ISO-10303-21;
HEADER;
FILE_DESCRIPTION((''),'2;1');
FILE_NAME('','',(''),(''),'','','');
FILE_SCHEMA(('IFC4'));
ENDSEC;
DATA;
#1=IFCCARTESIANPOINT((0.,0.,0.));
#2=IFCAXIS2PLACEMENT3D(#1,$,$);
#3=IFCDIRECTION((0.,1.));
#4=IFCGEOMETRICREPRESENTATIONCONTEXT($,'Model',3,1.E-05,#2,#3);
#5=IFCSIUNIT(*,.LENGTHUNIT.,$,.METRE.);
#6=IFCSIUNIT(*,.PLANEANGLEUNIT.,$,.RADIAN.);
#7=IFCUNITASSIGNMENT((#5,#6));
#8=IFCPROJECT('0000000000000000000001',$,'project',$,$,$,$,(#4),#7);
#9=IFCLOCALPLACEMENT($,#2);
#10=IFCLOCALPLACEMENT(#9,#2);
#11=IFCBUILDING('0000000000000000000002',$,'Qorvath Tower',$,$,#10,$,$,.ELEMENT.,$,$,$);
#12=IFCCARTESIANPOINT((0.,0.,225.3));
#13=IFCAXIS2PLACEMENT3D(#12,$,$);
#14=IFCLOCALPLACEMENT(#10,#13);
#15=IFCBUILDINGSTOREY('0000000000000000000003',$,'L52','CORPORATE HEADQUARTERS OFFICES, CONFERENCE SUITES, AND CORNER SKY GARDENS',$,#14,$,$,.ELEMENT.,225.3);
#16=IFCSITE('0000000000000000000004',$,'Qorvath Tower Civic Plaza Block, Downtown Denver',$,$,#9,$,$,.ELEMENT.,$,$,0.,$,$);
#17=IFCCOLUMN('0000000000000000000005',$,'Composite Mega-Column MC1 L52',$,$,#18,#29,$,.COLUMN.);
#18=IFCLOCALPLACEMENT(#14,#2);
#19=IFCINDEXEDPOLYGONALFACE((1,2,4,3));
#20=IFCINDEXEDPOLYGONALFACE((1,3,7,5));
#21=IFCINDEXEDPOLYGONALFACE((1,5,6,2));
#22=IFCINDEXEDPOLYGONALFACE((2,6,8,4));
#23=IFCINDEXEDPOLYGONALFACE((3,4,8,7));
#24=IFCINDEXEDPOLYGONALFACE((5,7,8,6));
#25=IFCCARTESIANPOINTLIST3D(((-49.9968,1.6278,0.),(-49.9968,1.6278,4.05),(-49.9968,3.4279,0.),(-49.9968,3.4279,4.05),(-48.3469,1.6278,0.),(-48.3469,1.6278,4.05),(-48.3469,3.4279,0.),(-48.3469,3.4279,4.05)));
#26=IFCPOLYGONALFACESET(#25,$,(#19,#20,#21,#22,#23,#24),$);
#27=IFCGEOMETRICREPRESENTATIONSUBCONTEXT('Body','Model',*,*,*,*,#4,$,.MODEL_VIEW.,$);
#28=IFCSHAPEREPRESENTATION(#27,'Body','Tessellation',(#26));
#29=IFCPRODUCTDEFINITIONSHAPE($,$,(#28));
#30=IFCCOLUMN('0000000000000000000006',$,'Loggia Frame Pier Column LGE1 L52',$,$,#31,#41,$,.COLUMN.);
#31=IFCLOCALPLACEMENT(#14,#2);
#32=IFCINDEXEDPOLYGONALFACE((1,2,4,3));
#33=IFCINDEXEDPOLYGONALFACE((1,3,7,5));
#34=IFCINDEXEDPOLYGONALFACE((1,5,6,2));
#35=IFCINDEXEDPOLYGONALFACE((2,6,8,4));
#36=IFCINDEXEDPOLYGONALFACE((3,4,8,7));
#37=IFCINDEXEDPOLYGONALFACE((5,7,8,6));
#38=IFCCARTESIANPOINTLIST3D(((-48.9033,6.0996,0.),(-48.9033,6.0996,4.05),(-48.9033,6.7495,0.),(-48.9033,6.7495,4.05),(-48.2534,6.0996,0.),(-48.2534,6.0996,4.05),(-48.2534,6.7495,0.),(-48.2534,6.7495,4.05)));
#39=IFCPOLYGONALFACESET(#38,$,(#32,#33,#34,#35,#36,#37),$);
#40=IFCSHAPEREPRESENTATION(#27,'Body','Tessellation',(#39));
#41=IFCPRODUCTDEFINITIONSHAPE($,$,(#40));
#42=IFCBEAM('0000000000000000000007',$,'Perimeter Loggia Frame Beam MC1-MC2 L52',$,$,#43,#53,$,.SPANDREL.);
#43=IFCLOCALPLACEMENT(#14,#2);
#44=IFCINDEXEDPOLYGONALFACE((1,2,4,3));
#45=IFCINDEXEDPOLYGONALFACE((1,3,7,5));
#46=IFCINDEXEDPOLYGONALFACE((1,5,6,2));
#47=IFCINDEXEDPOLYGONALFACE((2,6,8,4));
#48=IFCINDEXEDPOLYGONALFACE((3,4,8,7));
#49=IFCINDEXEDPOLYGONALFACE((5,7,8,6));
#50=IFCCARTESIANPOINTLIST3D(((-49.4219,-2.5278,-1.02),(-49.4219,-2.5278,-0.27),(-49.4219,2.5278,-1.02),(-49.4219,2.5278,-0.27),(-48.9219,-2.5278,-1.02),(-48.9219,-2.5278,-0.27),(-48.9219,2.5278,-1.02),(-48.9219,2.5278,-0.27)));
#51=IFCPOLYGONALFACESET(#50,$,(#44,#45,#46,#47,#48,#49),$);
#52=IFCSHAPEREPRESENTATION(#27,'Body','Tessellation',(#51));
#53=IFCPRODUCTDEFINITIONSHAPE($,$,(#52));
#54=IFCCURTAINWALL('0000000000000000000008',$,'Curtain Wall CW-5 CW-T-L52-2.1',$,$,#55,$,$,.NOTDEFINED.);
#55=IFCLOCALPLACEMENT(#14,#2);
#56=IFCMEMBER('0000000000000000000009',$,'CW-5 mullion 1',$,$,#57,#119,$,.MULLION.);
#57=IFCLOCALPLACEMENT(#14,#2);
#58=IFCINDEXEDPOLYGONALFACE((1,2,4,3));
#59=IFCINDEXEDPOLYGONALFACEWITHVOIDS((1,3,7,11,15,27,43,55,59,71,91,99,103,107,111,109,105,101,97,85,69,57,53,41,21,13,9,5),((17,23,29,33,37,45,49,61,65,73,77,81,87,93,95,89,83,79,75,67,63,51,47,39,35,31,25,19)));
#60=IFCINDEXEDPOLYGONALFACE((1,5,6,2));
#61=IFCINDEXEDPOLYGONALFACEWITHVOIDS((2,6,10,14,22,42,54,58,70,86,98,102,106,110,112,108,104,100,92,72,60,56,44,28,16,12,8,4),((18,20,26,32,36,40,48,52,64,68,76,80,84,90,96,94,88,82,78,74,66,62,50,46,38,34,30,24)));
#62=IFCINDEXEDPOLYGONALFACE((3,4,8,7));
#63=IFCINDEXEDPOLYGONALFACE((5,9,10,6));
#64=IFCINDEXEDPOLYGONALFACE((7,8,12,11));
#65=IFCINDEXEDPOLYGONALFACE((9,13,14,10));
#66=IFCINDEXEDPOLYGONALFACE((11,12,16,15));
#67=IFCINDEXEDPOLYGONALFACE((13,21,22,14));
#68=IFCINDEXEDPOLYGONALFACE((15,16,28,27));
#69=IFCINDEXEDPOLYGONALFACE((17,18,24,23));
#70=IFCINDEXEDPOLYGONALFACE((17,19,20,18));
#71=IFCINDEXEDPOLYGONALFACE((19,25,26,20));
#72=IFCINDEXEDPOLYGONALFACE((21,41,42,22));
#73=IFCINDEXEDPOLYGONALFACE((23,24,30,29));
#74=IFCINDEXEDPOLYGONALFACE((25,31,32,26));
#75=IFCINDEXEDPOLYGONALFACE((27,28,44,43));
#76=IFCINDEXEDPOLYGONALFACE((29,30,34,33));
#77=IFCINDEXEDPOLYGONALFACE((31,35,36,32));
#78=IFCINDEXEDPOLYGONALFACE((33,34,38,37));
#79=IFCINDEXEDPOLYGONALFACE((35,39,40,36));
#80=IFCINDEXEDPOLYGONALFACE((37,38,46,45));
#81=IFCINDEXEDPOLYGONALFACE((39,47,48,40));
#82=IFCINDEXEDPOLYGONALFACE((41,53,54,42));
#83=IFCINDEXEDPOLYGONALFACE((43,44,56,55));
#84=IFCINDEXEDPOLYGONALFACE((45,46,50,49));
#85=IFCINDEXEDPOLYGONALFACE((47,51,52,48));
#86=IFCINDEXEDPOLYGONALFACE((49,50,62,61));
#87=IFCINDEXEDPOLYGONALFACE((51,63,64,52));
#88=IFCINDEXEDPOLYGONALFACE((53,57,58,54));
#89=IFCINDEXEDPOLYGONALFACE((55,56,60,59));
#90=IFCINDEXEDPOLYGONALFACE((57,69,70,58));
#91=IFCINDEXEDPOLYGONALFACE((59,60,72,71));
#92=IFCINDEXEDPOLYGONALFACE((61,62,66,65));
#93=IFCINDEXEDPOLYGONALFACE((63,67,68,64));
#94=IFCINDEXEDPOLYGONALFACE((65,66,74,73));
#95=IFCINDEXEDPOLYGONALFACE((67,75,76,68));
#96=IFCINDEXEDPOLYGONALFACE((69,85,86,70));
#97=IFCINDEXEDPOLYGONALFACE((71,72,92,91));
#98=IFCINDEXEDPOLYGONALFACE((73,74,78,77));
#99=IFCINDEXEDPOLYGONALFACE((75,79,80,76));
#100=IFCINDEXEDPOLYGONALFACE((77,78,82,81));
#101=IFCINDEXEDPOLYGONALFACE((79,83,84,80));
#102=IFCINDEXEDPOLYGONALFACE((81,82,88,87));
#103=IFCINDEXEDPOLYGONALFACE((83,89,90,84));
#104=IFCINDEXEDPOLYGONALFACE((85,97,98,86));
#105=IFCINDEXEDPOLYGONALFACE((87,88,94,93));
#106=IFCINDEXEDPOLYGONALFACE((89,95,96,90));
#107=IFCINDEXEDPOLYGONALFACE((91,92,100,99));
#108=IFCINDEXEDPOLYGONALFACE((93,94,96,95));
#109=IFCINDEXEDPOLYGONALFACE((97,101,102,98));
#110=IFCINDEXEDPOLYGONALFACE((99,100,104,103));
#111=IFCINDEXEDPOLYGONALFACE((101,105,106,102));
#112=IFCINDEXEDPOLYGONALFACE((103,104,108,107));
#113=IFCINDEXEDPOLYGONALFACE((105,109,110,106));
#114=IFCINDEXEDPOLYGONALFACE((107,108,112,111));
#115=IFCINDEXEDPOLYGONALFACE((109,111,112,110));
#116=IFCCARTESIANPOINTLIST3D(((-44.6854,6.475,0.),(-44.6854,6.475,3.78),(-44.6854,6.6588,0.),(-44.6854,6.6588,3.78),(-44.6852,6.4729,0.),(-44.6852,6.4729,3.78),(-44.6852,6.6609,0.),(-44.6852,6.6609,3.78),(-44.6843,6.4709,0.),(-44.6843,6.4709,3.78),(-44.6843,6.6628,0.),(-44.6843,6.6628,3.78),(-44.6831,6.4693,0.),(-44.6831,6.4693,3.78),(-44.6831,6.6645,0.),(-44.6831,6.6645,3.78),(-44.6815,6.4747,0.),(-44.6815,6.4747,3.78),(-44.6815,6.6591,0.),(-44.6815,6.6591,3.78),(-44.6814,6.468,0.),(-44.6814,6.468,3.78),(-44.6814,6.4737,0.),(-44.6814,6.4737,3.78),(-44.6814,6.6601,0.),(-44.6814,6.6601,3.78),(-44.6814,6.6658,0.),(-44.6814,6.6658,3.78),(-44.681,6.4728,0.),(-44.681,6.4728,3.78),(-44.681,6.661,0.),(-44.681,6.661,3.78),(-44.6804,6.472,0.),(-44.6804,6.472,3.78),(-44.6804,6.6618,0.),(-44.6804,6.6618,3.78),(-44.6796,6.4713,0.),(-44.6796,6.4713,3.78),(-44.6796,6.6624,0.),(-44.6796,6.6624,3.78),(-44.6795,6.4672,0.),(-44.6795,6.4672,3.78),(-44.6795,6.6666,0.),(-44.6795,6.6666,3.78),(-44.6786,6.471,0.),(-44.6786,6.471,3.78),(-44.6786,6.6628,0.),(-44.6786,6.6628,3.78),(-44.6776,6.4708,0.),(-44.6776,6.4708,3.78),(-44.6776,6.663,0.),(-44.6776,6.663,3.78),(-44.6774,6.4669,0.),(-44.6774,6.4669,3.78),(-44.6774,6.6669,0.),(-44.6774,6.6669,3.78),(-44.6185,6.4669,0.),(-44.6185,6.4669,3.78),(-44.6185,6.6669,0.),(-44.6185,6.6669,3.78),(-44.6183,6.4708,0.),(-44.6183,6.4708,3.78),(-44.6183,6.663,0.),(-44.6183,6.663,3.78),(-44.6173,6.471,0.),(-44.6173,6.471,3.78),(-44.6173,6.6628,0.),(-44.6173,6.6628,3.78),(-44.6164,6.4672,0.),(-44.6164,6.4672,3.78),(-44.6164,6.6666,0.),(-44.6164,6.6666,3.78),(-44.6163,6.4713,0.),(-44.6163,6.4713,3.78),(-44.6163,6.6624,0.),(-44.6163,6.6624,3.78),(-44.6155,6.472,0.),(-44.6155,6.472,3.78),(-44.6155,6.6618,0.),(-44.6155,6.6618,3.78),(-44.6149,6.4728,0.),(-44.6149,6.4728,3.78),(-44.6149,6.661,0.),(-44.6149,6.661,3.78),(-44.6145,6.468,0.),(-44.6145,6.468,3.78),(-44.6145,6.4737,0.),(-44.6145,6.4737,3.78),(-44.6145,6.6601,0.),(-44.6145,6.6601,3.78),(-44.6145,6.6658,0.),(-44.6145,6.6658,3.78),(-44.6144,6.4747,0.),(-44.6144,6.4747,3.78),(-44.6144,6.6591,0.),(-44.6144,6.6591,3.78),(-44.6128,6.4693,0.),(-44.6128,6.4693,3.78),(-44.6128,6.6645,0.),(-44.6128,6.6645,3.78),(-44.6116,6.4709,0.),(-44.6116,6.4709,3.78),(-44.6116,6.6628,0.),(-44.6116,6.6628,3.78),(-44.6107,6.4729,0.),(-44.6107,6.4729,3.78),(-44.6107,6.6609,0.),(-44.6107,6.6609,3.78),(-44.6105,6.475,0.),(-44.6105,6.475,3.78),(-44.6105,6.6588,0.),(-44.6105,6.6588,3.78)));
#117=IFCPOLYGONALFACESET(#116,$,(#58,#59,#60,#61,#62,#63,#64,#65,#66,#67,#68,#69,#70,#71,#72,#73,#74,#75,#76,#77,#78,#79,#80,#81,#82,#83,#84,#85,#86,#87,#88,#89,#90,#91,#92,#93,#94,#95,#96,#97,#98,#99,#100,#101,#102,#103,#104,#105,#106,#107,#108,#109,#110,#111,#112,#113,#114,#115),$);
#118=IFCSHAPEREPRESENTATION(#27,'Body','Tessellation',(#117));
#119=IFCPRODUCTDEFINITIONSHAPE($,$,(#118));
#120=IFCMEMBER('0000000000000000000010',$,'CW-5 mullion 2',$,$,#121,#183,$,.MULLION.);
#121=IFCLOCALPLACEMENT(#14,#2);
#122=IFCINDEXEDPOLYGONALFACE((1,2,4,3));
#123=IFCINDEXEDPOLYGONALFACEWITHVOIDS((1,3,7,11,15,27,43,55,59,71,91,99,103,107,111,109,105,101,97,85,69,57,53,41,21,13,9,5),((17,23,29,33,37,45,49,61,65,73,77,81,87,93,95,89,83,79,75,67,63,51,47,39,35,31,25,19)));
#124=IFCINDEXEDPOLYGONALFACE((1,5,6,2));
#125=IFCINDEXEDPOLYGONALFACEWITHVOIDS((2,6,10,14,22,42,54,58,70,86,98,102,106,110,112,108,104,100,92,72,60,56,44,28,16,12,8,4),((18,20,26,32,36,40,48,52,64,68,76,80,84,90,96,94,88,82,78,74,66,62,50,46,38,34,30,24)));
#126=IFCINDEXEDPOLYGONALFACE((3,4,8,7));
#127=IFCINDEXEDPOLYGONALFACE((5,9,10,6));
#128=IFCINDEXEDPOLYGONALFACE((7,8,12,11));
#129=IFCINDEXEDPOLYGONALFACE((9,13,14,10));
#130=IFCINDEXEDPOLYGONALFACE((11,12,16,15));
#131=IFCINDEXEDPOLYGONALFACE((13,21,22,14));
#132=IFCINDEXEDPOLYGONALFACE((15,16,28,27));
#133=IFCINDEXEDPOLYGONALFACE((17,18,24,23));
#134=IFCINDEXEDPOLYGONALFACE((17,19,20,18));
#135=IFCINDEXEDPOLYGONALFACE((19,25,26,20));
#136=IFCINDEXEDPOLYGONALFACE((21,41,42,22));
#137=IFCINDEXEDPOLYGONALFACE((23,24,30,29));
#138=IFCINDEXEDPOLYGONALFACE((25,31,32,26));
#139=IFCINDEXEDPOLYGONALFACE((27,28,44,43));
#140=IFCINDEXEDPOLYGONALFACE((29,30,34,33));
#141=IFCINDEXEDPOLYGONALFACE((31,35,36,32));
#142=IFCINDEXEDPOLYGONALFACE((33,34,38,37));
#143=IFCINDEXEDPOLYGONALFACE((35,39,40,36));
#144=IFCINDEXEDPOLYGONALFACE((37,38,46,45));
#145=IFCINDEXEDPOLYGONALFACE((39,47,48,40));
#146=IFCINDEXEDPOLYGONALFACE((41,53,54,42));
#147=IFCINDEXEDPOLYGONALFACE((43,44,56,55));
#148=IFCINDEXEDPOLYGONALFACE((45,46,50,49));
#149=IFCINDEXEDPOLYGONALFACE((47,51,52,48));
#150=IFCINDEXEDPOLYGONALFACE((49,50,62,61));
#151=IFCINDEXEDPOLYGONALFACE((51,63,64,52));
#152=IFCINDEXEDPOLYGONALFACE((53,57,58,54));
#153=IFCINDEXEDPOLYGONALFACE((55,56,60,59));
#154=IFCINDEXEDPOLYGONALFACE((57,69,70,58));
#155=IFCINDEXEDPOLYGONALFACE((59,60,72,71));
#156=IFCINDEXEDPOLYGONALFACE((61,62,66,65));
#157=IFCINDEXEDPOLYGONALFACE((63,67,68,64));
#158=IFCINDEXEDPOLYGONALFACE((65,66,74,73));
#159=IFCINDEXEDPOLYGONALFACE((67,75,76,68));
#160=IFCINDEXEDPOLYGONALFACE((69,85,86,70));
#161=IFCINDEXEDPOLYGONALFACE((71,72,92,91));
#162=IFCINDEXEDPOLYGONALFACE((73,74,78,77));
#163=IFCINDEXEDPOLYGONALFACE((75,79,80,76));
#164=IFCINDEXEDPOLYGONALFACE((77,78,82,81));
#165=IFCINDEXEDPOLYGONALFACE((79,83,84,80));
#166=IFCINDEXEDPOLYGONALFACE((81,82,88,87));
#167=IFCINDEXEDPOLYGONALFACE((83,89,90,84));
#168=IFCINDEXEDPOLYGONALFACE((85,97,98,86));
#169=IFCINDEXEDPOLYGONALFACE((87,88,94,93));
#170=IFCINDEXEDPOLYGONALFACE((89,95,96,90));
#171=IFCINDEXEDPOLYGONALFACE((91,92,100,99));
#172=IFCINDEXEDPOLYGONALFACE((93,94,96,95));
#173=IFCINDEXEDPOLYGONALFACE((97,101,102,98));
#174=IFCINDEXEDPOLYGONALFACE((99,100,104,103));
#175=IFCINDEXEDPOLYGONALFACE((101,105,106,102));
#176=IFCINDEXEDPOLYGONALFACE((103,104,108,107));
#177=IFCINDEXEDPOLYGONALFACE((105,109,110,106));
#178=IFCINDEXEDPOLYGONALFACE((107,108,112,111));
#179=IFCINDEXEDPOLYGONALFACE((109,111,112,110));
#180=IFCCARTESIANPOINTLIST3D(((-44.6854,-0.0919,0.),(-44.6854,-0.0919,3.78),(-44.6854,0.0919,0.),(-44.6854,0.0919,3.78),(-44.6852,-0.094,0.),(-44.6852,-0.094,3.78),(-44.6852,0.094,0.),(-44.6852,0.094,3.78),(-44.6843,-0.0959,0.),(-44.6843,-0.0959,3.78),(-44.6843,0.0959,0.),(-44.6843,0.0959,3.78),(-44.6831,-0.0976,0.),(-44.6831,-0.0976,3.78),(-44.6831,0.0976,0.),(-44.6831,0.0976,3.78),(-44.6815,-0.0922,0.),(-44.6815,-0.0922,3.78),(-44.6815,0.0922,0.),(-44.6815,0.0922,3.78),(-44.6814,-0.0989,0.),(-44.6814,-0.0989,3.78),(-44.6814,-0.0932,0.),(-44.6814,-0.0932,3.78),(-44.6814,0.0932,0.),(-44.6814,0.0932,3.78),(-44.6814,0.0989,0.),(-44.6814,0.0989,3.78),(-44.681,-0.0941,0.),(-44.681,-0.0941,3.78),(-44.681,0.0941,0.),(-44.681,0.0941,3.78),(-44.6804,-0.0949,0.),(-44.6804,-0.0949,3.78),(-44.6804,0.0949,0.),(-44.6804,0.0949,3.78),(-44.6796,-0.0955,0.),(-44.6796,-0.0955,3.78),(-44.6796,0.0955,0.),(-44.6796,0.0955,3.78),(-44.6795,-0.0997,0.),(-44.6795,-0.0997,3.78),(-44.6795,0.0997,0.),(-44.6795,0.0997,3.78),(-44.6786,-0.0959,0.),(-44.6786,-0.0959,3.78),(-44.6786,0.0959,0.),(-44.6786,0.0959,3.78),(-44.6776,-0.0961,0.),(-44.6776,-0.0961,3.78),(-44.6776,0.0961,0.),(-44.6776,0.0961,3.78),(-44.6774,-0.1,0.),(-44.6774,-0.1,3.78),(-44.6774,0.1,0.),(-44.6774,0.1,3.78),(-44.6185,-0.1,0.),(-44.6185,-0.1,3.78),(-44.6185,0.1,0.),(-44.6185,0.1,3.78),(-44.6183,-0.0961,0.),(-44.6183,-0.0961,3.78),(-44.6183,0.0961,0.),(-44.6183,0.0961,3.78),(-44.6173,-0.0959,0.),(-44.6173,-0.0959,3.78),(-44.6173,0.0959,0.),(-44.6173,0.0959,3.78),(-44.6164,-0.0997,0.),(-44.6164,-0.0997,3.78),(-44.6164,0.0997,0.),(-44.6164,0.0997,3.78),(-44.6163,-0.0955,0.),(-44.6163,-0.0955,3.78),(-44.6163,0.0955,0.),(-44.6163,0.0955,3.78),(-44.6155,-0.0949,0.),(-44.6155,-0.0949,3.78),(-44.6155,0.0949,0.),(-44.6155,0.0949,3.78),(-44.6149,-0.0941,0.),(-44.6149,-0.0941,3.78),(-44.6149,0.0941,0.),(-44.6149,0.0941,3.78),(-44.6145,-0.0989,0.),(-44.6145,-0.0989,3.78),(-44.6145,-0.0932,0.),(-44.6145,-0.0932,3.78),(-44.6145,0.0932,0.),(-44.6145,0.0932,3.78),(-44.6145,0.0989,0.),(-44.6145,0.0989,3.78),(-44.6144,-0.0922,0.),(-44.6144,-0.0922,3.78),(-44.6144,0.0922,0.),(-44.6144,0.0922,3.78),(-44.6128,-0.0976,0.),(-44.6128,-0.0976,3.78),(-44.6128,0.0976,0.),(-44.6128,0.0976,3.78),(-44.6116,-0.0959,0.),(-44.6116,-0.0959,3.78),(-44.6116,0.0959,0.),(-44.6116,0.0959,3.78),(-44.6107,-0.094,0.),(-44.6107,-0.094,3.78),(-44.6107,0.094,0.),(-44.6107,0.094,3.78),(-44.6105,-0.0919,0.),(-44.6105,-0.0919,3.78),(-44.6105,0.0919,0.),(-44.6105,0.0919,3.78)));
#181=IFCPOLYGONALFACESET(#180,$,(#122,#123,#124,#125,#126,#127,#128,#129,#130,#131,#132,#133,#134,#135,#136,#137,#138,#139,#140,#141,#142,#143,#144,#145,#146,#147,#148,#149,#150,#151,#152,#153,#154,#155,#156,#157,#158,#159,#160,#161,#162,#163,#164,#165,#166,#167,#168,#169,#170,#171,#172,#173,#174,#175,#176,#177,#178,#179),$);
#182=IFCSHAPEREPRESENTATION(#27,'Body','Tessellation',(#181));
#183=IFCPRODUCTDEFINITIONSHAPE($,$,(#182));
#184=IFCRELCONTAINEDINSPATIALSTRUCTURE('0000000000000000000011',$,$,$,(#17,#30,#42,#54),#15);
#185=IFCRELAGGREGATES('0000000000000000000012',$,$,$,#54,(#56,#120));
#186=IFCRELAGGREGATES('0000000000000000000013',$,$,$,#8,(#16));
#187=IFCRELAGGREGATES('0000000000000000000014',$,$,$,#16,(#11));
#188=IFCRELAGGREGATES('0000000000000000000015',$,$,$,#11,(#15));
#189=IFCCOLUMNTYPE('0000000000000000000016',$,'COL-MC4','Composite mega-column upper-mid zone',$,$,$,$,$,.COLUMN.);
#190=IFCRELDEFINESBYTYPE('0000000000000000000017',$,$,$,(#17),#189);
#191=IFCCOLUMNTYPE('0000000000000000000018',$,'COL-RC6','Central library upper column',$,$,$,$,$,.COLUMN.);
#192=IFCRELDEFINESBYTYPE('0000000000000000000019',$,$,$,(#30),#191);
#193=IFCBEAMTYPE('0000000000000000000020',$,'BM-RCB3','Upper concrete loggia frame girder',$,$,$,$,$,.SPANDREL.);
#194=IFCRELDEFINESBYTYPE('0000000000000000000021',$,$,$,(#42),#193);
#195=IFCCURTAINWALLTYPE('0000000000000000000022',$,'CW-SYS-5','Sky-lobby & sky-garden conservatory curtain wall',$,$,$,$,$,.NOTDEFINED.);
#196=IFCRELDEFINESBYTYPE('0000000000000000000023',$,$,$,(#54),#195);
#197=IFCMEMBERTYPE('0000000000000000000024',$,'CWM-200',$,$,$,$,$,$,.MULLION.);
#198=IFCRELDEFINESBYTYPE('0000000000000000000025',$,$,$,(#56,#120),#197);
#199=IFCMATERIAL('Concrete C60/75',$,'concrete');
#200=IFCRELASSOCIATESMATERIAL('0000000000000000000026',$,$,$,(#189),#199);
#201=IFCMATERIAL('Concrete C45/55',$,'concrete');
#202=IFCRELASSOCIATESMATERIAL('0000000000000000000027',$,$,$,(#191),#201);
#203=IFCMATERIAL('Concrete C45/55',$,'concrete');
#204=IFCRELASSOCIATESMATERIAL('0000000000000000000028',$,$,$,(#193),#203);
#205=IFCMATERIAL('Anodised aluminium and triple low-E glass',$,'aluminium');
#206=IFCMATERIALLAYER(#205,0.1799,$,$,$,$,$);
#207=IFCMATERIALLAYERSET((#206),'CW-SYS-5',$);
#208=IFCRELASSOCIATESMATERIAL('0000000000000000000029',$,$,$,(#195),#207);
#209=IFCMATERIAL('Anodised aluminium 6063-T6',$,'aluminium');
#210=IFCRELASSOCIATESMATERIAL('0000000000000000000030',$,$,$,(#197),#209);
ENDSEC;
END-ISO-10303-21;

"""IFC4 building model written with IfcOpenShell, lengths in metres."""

from ifc_helpers import new_model, si_unit, direction, frame, origin, origin_2d, place, context, subcontext, project, spatial, rectangle, hollow_rectangle, extrude, material, layer, layer_set, material_profile, profile_set, type_object, element, aggregate, save


model = new_model("IFC4")

# Units and contexts
model_context = context("Model", 3, precision=1e-05, world=origin(), true_north=direction((0.0, 1.0)))
body_context = subcontext(model_context, "Body", "Model", "MODEL_VIEW")
ifc_project = project(units=[si_unit("LENGTHUNIT", "METRE"), si_unit("PLANEANGLEUNIT", "RADIAN")], contexts=[model_context])

# Site, building, storey
site_placement = place(None, origin())
site = spatial("IfcSite", under=ifc_project, at=site_placement, Name="Qorvath Tower Civic Plaza Block, Downtown Denver", CompositionType="ELEMENT", RefElevation=0.0)
building_placement = place(site_placement, origin())
building = spatial("IfcBuilding", under=site, at=building_placement, Name="Qorvath Tower", CompositionType="ELEMENT")
storey_placement = place(building_placement, frame((0.0, 0.0, 225.3)))
storey = spatial("IfcBuildingStorey", under=building, at=storey_placement, Name="L52", Description="CORPORATE HEADQUARTERS OFFICES, CONFERENCE SUITES, AND CORNER SKY GARDENS", CompositionType="ELEMENT", Elevation=225.3)

# Columns
ifc_material_1 = material(Name="Concrete C60/75", Category="concrete")
ifc_material_profile_1 = material_profile(ifc_material_1, rectangle(XDim=1.6499, YDim=1.8, at=origin_2d()), Name="MC 1800x1650")
ifc_profile_set_1 = profile_set([ifc_material_profile_1], Name="Concrete C60/75")
column_type_1 = type_object("IfcColumnType", Name="COL-MC4", Description="Composite mega-column upper-mid zone", PredefinedType="COLUMN", material=ifc_profile_set_1)
column_1_placement = place(storey_placement, frame((-49.1719, 2.5278, 0.0), z_axis=(0.0, 0.0, 1.0), x_axis=(1.0, 0.0, 0.0)))
element("IfcColumn", 1, at=column_1_placement, inside=storey, type_object=column_type_1, Name="Composite Mega-Column MC1 L52", PredefinedType="COLUMN", context=body_context, shape_type="SweptSolid", body=[
    extrude(rectangle(XDim=1.6499, YDim=1.8, at=origin_2d()), origin(), (0.0, 0.0, 1.0), 4.05),
])
ifc_material_2 = material(Name="Concrete C45/55", Category="concrete")
ifc_material_profile_2 = material_profile(ifc_material_2, rectangle(XDim=0.6499, YDim=0.6499, at=origin_2d()), Name="RC 650x650")
ifc_profile_set_2 = profile_set([ifc_material_profile_2], Name="Concrete C45/55")
column_type_2 = type_object("IfcColumnType", Name="COL-RC6", Description="Central library upper column", PredefinedType="COLUMN", material=ifc_profile_set_2)
column_2_placement = place(storey_placement, frame((-48.5784, 6.4246, 0.0), z_axis=(0.0, 0.0, 1.0), x_axis=(1.0, 0.0, 0.0)))
element("IfcColumn", 2, at=column_2_placement, inside=storey, type_object=column_type_2, Name="Loggia Frame Pier Column LGE1 L52", PredefinedType="COLUMN", context=body_context, shape_type="SweptSolid", body=[
    extrude(rectangle(XDim=0.6499, YDim=0.6499, at=origin_2d()), origin(), (0.0, 0.0, 1.0), 4.05),
])

# Beam
ifc_material_3 = material(Name="Concrete C45/55", Category="concrete")
ifc_material_profile_3 = material_profile(ifc_material_3, rectangle(XDim=0.5, YDim=0.75, at=origin_2d()), Name="RCB 750x500")
ifc_profile_set_3 = profile_set([ifc_material_profile_3], Name="Concrete C45/55")
beam_type = type_object("IfcBeamType", Name="BM-RCB3", Description="Upper concrete loggia frame girder", PredefinedType="SPANDREL", material=ifc_profile_set_3)
beam_placement = place(storey_placement, frame((-49.1719, 2.5278, -0.645), z_axis=(0.0, -1.0, 0.0), x_axis=(1.0, 0.0, 0.0)))
element("IfcBeam", 3, at=beam_placement, inside=storey, type_object=beam_type, Name="Perimeter Loggia Frame Beam MC1-MC2 L52", PredefinedType="SPANDREL", context=body_context, shape_type="SweptSolid", body=[
    extrude(rectangle(XDim=0.5, YDim=0.75, at=origin_2d()), origin(), (0.0, 0.0, 1.0), 5.0557),
])

# Curtain wall, members
ifc_material_4 = material(Name="Anodised aluminium and triple low-E glass", Category="aluminium")
ifc_layer_1 = layer(ifc_material_4, 0.1799)
ifc_layer_set_1 = layer_set([ifc_layer_1], Name="CW-SYS-5")
curtain_wall_type = type_object("IfcCurtainWallType", Name="CW-SYS-5", Description="Sky-lobby & sky-garden conservatory curtain wall", PredefinedType="NOTDEFINED", material=ifc_layer_set_1)
curtain_wall_1_placement = place(storey_placement, origin())
curtain_wall_1 = element("IfcCurtainWall", 4, at=curtain_wall_1_placement, inside=storey, type_object=curtain_wall_type, Name="Curtain Wall CW-5 CW-T-L52-2.1", PredefinedType="NOTDEFINED")
ifc_material_5 = material(Name="Anodised aluminium 6063-T6", Category="aluminium")
ifc_material_profile_4 = material_profile(ifc_material_5, hollow_rectangle(XDim=0.075, YDim=0.2, WallThickness=0.0039, InnerFilletRadius=0.0039, OuterFilletRadius=0.0081, at=origin_2d()), Name="CWM 200x75")
ifc_profile_set_4 = profile_set([ifc_material_profile_4], Name="Anodised aluminium 6063-T6")
member_type_1 = type_object("IfcMemberType", Name="CWM-200", PredefinedType="MULLION", material=ifc_profile_set_4)
member_1_placement = place(storey_placement, frame((-44.6479, 6.5669, 0.0), z_axis=(0.0, 0.0, 1.0), x_axis=(1.0, 0.0, 0.0)))
member_1 = element("IfcMember", 5, at=member_1_placement, type_object=member_type_1, Name="CW-5 mullion 1", PredefinedType="MULLION", context=body_context, shape_type="SweptSolid", body=[
    extrude(hollow_rectangle(XDim=0.075, YDim=0.2, WallThickness=0.0039, InnerFilletRadius=0.0039, OuterFilletRadius=0.0081, at=origin_2d()), origin(), (0.0, 0.0, 1.0), 3.78),
])
member_2_placement = place(storey_placement, frame((-44.6479, 0.0, 0.0), z_axis=(0.0, 0.0, 1.0), x_axis=(1.0, 0.0, 0.0)))
member_2 = element("IfcMember", 6, at=member_2_placement, type_object=member_type_1, Name="CW-5 mullion 2", PredefinedType="MULLION", context=body_context, shape_type="SweptSolid", body=[
    extrude(hollow_rectangle(XDim=0.075, YDim=0.2, WallThickness=0.0039, InnerFilletRadius=0.0039, OuterFilletRadius=0.0081, at=origin_2d()), origin(), (0.0, 0.0, 1.0), 3.78),
])

aggregate(curtain_wall_1, [member_1, member_2])

save(model, "model.ifc")
